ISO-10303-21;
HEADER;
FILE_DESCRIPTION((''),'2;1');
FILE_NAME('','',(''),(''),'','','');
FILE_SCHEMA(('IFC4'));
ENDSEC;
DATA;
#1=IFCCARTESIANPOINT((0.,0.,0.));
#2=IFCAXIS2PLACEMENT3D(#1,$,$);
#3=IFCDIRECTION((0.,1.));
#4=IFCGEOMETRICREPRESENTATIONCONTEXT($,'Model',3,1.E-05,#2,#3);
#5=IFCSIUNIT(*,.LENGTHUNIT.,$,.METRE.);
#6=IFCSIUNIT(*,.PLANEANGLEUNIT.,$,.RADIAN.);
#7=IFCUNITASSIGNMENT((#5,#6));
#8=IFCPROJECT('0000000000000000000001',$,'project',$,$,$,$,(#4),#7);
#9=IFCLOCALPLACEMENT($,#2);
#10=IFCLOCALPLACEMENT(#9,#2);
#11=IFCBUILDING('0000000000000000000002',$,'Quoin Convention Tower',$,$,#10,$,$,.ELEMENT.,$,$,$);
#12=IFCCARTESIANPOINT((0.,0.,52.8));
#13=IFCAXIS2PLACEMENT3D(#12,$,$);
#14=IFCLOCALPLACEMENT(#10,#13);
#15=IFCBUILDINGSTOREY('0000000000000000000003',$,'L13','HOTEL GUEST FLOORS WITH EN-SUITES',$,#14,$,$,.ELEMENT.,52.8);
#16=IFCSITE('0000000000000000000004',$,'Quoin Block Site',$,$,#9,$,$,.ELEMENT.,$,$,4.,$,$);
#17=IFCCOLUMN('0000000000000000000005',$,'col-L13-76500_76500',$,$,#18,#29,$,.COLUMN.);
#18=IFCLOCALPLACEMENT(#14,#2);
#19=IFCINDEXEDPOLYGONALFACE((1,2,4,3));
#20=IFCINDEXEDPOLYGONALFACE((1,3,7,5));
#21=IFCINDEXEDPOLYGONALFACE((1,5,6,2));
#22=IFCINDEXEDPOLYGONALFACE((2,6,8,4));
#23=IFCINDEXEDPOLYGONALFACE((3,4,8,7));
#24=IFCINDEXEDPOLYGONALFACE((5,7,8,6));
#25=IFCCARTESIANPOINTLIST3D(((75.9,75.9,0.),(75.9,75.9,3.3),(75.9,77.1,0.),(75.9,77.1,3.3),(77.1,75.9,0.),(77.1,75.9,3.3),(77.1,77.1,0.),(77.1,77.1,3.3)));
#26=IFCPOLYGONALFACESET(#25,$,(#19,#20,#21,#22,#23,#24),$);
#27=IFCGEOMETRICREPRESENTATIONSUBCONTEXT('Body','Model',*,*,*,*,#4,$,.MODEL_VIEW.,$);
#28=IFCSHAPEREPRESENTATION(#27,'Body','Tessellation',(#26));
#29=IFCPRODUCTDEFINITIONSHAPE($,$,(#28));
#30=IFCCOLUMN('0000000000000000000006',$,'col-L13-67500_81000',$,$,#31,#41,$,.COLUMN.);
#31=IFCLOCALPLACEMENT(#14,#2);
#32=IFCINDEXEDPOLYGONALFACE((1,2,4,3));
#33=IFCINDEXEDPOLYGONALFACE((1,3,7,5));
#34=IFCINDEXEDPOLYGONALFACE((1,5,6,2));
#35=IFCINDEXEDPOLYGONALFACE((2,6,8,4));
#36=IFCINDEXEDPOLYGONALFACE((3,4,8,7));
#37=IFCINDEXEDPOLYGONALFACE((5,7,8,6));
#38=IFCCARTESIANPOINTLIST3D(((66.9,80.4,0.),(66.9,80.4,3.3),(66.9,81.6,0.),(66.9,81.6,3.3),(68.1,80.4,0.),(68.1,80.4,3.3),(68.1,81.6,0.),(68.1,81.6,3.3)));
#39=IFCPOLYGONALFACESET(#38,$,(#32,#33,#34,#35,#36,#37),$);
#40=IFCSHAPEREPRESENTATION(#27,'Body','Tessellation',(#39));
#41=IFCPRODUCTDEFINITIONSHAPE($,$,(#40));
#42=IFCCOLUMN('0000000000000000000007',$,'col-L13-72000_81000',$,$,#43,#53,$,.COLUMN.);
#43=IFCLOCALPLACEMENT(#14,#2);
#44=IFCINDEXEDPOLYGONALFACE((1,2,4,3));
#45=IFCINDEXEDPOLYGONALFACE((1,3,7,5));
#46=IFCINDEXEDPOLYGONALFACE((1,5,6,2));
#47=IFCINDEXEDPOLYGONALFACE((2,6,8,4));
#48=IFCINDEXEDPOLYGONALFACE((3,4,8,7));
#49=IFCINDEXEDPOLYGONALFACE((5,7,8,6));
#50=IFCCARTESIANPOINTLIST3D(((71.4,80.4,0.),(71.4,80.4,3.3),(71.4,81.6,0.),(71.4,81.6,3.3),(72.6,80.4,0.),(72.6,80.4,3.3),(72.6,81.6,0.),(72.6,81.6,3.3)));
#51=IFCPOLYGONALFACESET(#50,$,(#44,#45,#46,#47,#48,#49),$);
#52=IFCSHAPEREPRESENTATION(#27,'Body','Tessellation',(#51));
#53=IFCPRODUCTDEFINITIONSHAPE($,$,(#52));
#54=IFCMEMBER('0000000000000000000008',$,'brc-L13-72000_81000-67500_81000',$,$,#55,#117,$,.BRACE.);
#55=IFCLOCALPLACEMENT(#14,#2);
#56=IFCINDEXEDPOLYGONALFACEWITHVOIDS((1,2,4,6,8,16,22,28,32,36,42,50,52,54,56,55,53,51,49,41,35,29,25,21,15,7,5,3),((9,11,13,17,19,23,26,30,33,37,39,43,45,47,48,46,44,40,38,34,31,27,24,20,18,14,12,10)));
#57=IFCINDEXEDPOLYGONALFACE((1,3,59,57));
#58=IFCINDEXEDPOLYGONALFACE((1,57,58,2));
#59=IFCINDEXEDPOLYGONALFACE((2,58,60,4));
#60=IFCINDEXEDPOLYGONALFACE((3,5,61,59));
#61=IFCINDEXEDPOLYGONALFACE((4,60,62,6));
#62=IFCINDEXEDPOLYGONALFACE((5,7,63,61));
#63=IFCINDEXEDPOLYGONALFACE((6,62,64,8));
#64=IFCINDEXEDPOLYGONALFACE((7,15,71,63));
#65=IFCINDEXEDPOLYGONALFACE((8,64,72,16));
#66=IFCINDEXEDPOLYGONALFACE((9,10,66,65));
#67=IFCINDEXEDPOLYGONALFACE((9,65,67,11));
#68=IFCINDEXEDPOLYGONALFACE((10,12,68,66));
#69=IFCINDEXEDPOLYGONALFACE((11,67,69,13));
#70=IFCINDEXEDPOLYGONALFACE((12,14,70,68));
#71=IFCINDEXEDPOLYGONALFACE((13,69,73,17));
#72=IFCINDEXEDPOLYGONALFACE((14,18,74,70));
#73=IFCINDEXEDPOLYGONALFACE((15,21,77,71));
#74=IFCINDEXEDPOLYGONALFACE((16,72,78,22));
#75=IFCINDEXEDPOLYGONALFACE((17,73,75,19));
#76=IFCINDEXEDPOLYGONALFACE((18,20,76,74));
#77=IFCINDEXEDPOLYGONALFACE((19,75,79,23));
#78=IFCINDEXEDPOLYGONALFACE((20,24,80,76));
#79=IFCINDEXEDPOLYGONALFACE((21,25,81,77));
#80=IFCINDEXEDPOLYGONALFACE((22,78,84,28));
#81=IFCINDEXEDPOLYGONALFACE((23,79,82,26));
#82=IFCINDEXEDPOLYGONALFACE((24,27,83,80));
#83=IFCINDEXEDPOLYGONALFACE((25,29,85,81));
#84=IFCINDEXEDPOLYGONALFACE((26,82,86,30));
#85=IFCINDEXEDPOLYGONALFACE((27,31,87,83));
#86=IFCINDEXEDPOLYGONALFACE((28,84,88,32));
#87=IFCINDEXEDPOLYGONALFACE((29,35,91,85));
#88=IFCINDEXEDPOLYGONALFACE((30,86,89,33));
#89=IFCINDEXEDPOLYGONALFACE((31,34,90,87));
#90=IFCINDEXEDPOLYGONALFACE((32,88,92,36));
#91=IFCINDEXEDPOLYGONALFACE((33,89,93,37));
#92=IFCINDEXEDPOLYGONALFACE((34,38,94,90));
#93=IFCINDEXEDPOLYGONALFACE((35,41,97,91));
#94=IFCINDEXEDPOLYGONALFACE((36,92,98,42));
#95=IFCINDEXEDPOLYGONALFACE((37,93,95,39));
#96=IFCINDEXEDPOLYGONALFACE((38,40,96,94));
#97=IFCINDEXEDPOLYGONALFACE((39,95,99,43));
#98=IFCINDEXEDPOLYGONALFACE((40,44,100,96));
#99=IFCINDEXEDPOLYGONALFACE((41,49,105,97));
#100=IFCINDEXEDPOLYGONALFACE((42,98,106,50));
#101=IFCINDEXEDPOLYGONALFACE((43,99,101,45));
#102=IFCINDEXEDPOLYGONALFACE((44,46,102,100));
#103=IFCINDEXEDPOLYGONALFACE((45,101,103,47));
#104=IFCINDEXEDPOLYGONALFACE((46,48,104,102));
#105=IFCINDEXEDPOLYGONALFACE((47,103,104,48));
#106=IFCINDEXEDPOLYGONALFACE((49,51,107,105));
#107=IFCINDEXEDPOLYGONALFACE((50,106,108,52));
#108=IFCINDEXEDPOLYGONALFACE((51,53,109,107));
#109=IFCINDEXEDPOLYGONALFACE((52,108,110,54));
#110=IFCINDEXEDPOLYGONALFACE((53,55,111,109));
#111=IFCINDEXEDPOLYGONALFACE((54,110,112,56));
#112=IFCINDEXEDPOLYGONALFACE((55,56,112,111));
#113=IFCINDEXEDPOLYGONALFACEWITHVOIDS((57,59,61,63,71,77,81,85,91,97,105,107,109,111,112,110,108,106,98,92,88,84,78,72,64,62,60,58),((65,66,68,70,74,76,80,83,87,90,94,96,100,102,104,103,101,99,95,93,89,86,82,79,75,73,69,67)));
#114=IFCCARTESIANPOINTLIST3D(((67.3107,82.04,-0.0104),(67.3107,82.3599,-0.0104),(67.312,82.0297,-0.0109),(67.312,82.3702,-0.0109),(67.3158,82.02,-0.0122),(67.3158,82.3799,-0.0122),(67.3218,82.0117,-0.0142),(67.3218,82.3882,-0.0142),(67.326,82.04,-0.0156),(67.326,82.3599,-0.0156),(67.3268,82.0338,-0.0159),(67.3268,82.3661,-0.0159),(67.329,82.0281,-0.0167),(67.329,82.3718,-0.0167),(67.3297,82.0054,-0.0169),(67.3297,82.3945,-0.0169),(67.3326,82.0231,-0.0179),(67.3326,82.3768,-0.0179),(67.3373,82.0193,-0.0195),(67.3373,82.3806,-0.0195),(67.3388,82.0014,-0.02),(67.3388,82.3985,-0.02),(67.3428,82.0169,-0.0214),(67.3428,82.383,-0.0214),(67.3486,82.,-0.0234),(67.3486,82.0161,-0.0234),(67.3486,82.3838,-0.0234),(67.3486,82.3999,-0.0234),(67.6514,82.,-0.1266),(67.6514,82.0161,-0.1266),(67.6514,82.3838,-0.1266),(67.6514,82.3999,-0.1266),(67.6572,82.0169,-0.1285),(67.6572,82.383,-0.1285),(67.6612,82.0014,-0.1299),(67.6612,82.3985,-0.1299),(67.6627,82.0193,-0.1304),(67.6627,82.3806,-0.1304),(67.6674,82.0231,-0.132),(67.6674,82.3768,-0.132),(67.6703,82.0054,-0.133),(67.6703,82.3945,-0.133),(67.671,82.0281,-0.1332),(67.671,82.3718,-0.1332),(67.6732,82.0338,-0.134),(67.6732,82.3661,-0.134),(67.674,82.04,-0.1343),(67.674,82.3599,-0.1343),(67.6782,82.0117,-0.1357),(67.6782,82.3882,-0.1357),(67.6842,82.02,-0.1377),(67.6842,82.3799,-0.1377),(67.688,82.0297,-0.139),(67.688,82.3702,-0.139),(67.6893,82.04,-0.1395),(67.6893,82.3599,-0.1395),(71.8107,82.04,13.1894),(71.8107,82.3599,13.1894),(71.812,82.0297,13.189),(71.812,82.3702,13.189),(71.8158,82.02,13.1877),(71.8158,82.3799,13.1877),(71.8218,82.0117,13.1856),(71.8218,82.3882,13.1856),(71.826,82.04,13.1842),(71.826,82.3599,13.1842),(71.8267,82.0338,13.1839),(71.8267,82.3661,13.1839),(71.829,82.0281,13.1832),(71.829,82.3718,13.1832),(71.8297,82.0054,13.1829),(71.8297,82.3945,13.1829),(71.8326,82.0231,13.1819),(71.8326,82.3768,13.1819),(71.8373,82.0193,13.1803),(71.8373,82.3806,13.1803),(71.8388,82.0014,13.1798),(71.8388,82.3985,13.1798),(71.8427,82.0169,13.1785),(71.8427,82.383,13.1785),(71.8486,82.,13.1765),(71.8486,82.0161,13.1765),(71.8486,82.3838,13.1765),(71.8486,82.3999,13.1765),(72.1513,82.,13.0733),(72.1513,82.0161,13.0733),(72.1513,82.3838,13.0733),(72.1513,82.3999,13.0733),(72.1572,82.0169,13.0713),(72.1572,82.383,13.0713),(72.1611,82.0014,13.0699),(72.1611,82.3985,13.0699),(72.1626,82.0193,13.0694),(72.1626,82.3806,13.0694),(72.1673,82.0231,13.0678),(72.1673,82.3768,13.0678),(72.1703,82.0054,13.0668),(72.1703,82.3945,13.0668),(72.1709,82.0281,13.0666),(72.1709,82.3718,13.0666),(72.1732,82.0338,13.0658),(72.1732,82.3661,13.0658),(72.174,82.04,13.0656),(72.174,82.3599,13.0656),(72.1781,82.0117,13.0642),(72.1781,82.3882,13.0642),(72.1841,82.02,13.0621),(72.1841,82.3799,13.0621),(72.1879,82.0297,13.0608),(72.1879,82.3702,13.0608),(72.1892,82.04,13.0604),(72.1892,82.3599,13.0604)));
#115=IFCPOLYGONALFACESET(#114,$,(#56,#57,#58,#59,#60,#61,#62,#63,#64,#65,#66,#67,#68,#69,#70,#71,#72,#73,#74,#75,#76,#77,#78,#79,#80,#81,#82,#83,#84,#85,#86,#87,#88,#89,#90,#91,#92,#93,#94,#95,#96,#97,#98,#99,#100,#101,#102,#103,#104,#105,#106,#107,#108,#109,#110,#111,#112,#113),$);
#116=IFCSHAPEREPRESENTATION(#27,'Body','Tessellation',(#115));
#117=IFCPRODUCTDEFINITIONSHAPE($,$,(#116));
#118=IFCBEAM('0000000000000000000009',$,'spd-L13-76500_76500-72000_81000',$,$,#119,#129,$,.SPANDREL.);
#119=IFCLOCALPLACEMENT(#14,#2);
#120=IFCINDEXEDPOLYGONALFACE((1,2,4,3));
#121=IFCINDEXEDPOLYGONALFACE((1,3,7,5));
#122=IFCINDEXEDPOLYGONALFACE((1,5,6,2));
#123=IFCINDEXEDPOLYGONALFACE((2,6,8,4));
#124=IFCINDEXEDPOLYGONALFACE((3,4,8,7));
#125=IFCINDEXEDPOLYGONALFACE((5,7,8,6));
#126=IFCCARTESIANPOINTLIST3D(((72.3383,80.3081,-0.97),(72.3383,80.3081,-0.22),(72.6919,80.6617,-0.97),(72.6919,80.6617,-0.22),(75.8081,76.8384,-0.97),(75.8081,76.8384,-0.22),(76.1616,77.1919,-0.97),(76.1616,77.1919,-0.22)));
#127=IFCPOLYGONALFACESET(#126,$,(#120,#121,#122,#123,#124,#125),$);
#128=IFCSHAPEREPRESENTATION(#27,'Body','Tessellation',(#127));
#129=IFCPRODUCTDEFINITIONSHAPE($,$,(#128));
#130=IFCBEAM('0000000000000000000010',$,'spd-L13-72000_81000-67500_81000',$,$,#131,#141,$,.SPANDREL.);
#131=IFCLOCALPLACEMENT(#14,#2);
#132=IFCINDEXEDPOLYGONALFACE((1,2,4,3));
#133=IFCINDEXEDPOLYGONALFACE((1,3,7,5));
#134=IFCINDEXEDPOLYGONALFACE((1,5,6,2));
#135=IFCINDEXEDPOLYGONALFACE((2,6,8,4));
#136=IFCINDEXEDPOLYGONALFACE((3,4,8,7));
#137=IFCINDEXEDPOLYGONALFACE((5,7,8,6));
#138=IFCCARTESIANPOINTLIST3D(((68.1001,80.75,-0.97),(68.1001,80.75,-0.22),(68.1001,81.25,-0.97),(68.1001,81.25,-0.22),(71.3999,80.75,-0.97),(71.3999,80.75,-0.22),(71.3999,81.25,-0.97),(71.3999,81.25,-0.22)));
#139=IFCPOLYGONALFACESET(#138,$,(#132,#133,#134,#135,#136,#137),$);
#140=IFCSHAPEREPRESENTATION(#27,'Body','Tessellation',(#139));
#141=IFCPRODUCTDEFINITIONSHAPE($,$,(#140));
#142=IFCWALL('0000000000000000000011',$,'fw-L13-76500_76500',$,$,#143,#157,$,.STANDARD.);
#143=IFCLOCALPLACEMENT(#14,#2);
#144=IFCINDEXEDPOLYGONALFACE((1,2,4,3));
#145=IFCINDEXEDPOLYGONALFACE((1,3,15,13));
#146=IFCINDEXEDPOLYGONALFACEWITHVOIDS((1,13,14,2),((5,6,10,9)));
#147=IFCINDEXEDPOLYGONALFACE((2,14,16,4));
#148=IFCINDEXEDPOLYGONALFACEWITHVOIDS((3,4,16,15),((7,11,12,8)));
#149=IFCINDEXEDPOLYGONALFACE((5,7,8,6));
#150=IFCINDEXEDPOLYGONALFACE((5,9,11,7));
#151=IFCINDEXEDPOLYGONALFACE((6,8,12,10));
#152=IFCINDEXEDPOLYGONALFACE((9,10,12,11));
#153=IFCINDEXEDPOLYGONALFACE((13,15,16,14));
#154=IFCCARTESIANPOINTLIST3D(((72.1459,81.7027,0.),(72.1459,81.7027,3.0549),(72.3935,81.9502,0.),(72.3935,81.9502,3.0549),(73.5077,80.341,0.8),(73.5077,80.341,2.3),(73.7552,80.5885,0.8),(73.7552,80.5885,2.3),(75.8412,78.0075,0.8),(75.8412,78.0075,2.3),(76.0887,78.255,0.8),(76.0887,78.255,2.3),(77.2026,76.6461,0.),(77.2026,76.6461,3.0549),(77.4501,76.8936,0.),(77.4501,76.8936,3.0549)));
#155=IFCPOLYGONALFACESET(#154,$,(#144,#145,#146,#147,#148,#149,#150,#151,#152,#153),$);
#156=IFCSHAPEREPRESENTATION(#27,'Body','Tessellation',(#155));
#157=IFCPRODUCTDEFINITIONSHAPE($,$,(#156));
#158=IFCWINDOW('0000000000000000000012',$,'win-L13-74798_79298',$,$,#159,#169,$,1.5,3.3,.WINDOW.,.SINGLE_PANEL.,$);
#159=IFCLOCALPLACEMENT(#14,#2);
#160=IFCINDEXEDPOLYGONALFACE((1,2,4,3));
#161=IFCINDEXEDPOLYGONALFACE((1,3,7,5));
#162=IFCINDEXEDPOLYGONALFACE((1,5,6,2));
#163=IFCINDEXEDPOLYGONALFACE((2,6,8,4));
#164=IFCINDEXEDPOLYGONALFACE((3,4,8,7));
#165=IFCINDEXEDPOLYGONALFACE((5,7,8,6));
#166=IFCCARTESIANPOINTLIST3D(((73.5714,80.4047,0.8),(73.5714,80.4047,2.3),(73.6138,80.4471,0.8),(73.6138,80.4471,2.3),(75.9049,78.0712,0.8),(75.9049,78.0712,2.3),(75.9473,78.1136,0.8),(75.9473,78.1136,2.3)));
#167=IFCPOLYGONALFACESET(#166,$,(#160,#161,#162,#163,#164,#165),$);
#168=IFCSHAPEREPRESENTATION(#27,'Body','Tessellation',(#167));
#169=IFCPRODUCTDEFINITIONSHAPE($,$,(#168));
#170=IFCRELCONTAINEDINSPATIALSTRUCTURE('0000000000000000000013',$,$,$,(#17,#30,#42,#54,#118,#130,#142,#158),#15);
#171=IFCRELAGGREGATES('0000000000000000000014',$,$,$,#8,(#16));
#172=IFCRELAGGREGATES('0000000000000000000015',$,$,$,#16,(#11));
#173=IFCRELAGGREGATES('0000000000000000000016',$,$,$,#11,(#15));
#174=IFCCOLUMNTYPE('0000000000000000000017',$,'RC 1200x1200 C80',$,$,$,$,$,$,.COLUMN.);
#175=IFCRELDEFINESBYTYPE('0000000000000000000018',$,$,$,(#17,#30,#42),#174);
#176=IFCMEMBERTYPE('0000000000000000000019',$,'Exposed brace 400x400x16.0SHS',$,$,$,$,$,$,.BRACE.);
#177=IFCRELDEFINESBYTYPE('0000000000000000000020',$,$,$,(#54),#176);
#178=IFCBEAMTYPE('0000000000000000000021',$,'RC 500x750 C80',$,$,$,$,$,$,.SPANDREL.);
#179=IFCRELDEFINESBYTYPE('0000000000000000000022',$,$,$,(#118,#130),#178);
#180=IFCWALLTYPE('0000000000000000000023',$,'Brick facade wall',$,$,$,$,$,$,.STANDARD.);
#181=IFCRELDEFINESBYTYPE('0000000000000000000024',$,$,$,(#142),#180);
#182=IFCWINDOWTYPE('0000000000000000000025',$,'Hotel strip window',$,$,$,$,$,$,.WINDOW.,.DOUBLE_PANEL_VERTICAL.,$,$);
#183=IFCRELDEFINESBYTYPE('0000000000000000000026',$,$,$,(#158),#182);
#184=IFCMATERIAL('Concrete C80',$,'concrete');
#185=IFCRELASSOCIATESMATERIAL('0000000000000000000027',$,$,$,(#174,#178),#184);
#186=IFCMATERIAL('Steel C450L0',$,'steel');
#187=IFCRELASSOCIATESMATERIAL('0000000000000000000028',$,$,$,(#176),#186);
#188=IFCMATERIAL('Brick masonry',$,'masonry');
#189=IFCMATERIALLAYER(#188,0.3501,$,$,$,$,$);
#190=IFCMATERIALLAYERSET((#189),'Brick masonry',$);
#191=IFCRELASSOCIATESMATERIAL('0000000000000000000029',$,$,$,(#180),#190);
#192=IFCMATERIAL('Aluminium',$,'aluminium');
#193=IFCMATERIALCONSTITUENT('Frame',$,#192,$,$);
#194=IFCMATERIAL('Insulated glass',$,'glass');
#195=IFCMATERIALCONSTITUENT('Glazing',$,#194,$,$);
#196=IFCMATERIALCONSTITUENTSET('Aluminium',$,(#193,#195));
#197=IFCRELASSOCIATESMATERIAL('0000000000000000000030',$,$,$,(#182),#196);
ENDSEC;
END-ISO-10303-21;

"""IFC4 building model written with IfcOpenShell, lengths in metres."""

from ifc_helpers import new_model, si_unit, direction, frame, frame_2d, origin, origin_2d, place, context, subcontext, project, spatial, rectangle, hollow_rectangle, extrude, material, layer, layer_set, constituent, constituent_set, material_profile, profile_set, type_object, element, fill, save


model = new_model("IFC4")

# Units and contexts
model_context = context("Model", 3, precision=1e-05, world=origin(), true_north=direction((0.0, 1.0)))
body_context = subcontext(model_context, "Body", "Model", "MODEL_VIEW")
ifc_project = project(units=[si_unit("LENGTHUNIT", "METRE"), si_unit("PLANEANGLEUNIT", "RADIAN")], contexts=[model_context])

# Site, building, storey
site_placement = place(None, origin())
site = spatial("IfcSite", under=ifc_project, at=site_placement, Name="Quoin Block Site", CompositionType="ELEMENT", RefElevation=4.0)
building_placement = place(site_placement, origin())
building = spatial("IfcBuilding", under=site, at=building_placement, Name="Quoin Convention Tower", CompositionType="ELEMENT")
storey_placement = place(building_placement, frame((0.0, 0.0, 52.8)))
storey = spatial("IfcBuildingStorey", under=building, at=storey_placement, Name="L13", Description="HOTEL GUEST FLOORS WITH EN-SUITES", CompositionType="ELEMENT", Elevation=52.8)

# Columns
ifc_material_1 = material(Name="Concrete C80", Category="concrete")
ifc_material_profile_1 = material_profile(ifc_material_1, rectangle(XDim=1.2, YDim=1.2, at=origin_2d()), Name="RC 1200x1200")
ifc_profile_set_1 = profile_set([ifc_material_profile_1], Name="Concrete C80")
column_type = type_object("IfcColumnType", Name="RC 1200x1200 C80", PredefinedType="COLUMN", material=ifc_profile_set_1)
for number, where, z_axis, x_axis, name in (
    (1, (76.5, 76.5, 0.0), (0.0, 0.0, 1.0), (1.0, 0.0, 0.0), "col-L13-76500_76500"),
    (2, (67.5, 81.0, 0.0), (0.0, 0.0, 1.0), (1.0, 0.0, 0.0), "col-L13-67500_81000"),
    (3, (72.0, 81.0, 0.0), (0.0, 0.0, 1.0), (1.0, 0.0, 0.0), "col-L13-72000_81000"),
):
    element("IfcColumn", number, at=place(storey_placement, frame(where, z_axis=z_axis, x_axis=x_axis)), inside=storey, type_object=column_type, Name=name, PredefinedType="COLUMN", context=body_context, shape_type="SweptSolid", body=[
        extrude(rectangle(XDim=1.2, YDim=1.2, at=origin_2d()), origin(), (0.0, 0.0, 1.0), 3.3),
    ])

# Member
ifc_material_2 = material(Name="Steel C450L0", Category="steel")
ifc_material_profile_2 = material_profile(ifc_material_2, hollow_rectangle(XDim=0.3999, YDim=0.3999, WallThickness=0.0161, InnerFilletRadius=0.0239, OuterFilletRadius=0.04, at=origin_2d()), Name="400x400x16.0SHS")
ifc_profile_set_2 = profile_set([ifc_material_profile_2], Name="Steel C450L0")
member_type = type_object("IfcMemberType", Name="Exposed brace 400x400x16.0SHS", PredefinedType="BRACE", material=ifc_profile_set_2)
member_placement = place(storey_placement, frame((67.5, 82.2, -0.075), z_axis=(0.322675, 0.0, 0.94651), x_axis=(0.0, 1.0, 0.0)))
element("IfcMember", 4, at=member_placement, inside=storey, type_object=member_type, Name="brc-L13-72000_81000-67500_81000", PredefinedType="BRACE", context=body_context, shape_type="SweptSolid", body=[
    extrude(hollow_rectangle(XDim=0.3999, YDim=0.3999, WallThickness=0.0161, InnerFilletRadius=0.0239, OuterFilletRadius=0.04, at=origin_2d()), origin(), (0.0, 0.0, 1.0), 13.9458),
])

# Beams
ifc_material_profile_3 = material_profile(ifc_material_1, rectangle(XDim=0.5, YDim=0.75, at=origin_2d()), Name="RC 500x750")
ifc_profile_set_3 = profile_set([ifc_material_profile_3], Name="Concrete C80")
beam_type = type_object("IfcBeamType", Name="RC 500x750 C80", PredefinedType="SPANDREL", material=ifc_profile_set_3)
beam_1_placement = place(storey_placement, frame((75.9849, 77.0151, -0.595), z_axis=(-0.707107, 0.707107, 0.0), x_axis=(-0.707107, -0.707107, 0.0)))
element("IfcBeam", 5, at=beam_1_placement, inside=storey, type_object=beam_type, Name="spd-L13-76500_76500-72000_81000", PredefinedType="SPANDREL", context=body_context, shape_type="SweptSolid", body=[
    extrude(rectangle(XDim=0.5, YDim=0.75, at=origin_2d()), origin(), (0.0, 0.0, 1.0), 4.907),
])
beam_2_placement = place(storey_placement, frame((71.3999, 81.0, -0.595), z_axis=(-1.0, 0.0, 0.0), x_axis=(0.0, -1.0, 0.0)))
element("IfcBeam", 6, at=beam_2_placement, inside=storey, type_object=beam_type, Name="spd-L13-72000_81000-67500_81000", PredefinedType="SPANDREL", context=body_context, shape_type="SweptSolid", body=[
    extrude(rectangle(XDim=0.5, YDim=0.75, at=origin_2d()), origin(), (0.0, 0.0, 1.0), 3.2998),
])

# Wall, opening, window
ifc_material_3 = material(Name="Brick masonry", Category="masonry")
ifc_layer_1 = layer(ifc_material_3, 0.3501)
ifc_layer_set_1 = layer_set([ifc_layer_1], Name="Brick masonry")
wall_type_1 = type_object("IfcWallType", Name="Brick facade wall", PredefinedType="STANDARD", material=ifc_layer_set_1)
wall_1_placement = place(storey_placement, frame((77.3264, 76.7698, 0.0), z_axis=(0.0, 0.0, 1.0), x_axis=(-0.707107, 0.707107, 0.0)))
wall_1 = element("IfcWall", 7, at=wall_1_placement, inside=storey, type_object=wall_type_1, Name="fw-L13-76500_76500", PredefinedType="STANDARD", context=body_context, shape_type="SweptSolid", body=[
    extrude(rectangle(XDim=7.1511, YDim=0.3501, at=frame_2d((3.5757, 0.0))), origin(), (0.0, 0.0, 1.0), 3.0549),
])
opening_1_placement = place(wall_1_placement, frame((1.9255, 0.0, 0.8)))
opening_1 = element("IfcOpeningElement", 8, at=opening_1_placement, cuts=wall_1, PredefinedType="OPENING", context=body_context, shape_type="SweptSolid", body=[
    extrude(rectangle(XDim=3.3, YDim=1.5, at=frame_2d((1.6499, 0.75))), frame((0.0, 0.1851, 0.0), z_axis=(0.0, -1.0, 0.0), x_axis=(1.0, 0.0, 0.0)), (0.0, 0.0, 1.0), 0.3701),
])
ifc_material_4 = material(Name="Aluminium", Category="aluminium")
ifc_constituent_1 = constituent(ifc_material_4, Name="Frame")
ifc_material_5 = material(Name="Insulated glass", Category="glass")
ifc_constituent_2 = constituent(ifc_material_5, Name="Glazing")
ifc_constituent_set = constituent_set(constituents=[ifc_constituent_1, ifc_constituent_2], Name="Aluminium")
window_type = type_object("IfcWindowType", Name="Hotel strip window", PartitioningType="DOUBLE_PANEL_VERTICAL", PredefinedType="WINDOW", material=ifc_constituent_set)
window_1_placement = place(opening_1_placement, origin())
window_1 = element("IfcWindow", 9, at=window_1_placement, inside=storey, type_object=window_type, Name="win-L13-74798_79298", OverallHeight=1.5, OverallWidth=3.3, PartitioningType="SINGLE_PANEL", PredefinedType="WINDOW", context=body_context, shape_type="SweptSolid", body=[
    extrude(rectangle(XDim=3.3, YDim=1.5, at=frame_2d((1.6499, 0.75))), frame((0.0, 0.085, 0.0), z_axis=(0.0, -1.0, 0.0), x_axis=(1.0, 0.0, 0.0)), (0.0, 0.0, 1.0), 0.0601),
])
fill(opening_1, window_1)

save(model, "model.ifc")
